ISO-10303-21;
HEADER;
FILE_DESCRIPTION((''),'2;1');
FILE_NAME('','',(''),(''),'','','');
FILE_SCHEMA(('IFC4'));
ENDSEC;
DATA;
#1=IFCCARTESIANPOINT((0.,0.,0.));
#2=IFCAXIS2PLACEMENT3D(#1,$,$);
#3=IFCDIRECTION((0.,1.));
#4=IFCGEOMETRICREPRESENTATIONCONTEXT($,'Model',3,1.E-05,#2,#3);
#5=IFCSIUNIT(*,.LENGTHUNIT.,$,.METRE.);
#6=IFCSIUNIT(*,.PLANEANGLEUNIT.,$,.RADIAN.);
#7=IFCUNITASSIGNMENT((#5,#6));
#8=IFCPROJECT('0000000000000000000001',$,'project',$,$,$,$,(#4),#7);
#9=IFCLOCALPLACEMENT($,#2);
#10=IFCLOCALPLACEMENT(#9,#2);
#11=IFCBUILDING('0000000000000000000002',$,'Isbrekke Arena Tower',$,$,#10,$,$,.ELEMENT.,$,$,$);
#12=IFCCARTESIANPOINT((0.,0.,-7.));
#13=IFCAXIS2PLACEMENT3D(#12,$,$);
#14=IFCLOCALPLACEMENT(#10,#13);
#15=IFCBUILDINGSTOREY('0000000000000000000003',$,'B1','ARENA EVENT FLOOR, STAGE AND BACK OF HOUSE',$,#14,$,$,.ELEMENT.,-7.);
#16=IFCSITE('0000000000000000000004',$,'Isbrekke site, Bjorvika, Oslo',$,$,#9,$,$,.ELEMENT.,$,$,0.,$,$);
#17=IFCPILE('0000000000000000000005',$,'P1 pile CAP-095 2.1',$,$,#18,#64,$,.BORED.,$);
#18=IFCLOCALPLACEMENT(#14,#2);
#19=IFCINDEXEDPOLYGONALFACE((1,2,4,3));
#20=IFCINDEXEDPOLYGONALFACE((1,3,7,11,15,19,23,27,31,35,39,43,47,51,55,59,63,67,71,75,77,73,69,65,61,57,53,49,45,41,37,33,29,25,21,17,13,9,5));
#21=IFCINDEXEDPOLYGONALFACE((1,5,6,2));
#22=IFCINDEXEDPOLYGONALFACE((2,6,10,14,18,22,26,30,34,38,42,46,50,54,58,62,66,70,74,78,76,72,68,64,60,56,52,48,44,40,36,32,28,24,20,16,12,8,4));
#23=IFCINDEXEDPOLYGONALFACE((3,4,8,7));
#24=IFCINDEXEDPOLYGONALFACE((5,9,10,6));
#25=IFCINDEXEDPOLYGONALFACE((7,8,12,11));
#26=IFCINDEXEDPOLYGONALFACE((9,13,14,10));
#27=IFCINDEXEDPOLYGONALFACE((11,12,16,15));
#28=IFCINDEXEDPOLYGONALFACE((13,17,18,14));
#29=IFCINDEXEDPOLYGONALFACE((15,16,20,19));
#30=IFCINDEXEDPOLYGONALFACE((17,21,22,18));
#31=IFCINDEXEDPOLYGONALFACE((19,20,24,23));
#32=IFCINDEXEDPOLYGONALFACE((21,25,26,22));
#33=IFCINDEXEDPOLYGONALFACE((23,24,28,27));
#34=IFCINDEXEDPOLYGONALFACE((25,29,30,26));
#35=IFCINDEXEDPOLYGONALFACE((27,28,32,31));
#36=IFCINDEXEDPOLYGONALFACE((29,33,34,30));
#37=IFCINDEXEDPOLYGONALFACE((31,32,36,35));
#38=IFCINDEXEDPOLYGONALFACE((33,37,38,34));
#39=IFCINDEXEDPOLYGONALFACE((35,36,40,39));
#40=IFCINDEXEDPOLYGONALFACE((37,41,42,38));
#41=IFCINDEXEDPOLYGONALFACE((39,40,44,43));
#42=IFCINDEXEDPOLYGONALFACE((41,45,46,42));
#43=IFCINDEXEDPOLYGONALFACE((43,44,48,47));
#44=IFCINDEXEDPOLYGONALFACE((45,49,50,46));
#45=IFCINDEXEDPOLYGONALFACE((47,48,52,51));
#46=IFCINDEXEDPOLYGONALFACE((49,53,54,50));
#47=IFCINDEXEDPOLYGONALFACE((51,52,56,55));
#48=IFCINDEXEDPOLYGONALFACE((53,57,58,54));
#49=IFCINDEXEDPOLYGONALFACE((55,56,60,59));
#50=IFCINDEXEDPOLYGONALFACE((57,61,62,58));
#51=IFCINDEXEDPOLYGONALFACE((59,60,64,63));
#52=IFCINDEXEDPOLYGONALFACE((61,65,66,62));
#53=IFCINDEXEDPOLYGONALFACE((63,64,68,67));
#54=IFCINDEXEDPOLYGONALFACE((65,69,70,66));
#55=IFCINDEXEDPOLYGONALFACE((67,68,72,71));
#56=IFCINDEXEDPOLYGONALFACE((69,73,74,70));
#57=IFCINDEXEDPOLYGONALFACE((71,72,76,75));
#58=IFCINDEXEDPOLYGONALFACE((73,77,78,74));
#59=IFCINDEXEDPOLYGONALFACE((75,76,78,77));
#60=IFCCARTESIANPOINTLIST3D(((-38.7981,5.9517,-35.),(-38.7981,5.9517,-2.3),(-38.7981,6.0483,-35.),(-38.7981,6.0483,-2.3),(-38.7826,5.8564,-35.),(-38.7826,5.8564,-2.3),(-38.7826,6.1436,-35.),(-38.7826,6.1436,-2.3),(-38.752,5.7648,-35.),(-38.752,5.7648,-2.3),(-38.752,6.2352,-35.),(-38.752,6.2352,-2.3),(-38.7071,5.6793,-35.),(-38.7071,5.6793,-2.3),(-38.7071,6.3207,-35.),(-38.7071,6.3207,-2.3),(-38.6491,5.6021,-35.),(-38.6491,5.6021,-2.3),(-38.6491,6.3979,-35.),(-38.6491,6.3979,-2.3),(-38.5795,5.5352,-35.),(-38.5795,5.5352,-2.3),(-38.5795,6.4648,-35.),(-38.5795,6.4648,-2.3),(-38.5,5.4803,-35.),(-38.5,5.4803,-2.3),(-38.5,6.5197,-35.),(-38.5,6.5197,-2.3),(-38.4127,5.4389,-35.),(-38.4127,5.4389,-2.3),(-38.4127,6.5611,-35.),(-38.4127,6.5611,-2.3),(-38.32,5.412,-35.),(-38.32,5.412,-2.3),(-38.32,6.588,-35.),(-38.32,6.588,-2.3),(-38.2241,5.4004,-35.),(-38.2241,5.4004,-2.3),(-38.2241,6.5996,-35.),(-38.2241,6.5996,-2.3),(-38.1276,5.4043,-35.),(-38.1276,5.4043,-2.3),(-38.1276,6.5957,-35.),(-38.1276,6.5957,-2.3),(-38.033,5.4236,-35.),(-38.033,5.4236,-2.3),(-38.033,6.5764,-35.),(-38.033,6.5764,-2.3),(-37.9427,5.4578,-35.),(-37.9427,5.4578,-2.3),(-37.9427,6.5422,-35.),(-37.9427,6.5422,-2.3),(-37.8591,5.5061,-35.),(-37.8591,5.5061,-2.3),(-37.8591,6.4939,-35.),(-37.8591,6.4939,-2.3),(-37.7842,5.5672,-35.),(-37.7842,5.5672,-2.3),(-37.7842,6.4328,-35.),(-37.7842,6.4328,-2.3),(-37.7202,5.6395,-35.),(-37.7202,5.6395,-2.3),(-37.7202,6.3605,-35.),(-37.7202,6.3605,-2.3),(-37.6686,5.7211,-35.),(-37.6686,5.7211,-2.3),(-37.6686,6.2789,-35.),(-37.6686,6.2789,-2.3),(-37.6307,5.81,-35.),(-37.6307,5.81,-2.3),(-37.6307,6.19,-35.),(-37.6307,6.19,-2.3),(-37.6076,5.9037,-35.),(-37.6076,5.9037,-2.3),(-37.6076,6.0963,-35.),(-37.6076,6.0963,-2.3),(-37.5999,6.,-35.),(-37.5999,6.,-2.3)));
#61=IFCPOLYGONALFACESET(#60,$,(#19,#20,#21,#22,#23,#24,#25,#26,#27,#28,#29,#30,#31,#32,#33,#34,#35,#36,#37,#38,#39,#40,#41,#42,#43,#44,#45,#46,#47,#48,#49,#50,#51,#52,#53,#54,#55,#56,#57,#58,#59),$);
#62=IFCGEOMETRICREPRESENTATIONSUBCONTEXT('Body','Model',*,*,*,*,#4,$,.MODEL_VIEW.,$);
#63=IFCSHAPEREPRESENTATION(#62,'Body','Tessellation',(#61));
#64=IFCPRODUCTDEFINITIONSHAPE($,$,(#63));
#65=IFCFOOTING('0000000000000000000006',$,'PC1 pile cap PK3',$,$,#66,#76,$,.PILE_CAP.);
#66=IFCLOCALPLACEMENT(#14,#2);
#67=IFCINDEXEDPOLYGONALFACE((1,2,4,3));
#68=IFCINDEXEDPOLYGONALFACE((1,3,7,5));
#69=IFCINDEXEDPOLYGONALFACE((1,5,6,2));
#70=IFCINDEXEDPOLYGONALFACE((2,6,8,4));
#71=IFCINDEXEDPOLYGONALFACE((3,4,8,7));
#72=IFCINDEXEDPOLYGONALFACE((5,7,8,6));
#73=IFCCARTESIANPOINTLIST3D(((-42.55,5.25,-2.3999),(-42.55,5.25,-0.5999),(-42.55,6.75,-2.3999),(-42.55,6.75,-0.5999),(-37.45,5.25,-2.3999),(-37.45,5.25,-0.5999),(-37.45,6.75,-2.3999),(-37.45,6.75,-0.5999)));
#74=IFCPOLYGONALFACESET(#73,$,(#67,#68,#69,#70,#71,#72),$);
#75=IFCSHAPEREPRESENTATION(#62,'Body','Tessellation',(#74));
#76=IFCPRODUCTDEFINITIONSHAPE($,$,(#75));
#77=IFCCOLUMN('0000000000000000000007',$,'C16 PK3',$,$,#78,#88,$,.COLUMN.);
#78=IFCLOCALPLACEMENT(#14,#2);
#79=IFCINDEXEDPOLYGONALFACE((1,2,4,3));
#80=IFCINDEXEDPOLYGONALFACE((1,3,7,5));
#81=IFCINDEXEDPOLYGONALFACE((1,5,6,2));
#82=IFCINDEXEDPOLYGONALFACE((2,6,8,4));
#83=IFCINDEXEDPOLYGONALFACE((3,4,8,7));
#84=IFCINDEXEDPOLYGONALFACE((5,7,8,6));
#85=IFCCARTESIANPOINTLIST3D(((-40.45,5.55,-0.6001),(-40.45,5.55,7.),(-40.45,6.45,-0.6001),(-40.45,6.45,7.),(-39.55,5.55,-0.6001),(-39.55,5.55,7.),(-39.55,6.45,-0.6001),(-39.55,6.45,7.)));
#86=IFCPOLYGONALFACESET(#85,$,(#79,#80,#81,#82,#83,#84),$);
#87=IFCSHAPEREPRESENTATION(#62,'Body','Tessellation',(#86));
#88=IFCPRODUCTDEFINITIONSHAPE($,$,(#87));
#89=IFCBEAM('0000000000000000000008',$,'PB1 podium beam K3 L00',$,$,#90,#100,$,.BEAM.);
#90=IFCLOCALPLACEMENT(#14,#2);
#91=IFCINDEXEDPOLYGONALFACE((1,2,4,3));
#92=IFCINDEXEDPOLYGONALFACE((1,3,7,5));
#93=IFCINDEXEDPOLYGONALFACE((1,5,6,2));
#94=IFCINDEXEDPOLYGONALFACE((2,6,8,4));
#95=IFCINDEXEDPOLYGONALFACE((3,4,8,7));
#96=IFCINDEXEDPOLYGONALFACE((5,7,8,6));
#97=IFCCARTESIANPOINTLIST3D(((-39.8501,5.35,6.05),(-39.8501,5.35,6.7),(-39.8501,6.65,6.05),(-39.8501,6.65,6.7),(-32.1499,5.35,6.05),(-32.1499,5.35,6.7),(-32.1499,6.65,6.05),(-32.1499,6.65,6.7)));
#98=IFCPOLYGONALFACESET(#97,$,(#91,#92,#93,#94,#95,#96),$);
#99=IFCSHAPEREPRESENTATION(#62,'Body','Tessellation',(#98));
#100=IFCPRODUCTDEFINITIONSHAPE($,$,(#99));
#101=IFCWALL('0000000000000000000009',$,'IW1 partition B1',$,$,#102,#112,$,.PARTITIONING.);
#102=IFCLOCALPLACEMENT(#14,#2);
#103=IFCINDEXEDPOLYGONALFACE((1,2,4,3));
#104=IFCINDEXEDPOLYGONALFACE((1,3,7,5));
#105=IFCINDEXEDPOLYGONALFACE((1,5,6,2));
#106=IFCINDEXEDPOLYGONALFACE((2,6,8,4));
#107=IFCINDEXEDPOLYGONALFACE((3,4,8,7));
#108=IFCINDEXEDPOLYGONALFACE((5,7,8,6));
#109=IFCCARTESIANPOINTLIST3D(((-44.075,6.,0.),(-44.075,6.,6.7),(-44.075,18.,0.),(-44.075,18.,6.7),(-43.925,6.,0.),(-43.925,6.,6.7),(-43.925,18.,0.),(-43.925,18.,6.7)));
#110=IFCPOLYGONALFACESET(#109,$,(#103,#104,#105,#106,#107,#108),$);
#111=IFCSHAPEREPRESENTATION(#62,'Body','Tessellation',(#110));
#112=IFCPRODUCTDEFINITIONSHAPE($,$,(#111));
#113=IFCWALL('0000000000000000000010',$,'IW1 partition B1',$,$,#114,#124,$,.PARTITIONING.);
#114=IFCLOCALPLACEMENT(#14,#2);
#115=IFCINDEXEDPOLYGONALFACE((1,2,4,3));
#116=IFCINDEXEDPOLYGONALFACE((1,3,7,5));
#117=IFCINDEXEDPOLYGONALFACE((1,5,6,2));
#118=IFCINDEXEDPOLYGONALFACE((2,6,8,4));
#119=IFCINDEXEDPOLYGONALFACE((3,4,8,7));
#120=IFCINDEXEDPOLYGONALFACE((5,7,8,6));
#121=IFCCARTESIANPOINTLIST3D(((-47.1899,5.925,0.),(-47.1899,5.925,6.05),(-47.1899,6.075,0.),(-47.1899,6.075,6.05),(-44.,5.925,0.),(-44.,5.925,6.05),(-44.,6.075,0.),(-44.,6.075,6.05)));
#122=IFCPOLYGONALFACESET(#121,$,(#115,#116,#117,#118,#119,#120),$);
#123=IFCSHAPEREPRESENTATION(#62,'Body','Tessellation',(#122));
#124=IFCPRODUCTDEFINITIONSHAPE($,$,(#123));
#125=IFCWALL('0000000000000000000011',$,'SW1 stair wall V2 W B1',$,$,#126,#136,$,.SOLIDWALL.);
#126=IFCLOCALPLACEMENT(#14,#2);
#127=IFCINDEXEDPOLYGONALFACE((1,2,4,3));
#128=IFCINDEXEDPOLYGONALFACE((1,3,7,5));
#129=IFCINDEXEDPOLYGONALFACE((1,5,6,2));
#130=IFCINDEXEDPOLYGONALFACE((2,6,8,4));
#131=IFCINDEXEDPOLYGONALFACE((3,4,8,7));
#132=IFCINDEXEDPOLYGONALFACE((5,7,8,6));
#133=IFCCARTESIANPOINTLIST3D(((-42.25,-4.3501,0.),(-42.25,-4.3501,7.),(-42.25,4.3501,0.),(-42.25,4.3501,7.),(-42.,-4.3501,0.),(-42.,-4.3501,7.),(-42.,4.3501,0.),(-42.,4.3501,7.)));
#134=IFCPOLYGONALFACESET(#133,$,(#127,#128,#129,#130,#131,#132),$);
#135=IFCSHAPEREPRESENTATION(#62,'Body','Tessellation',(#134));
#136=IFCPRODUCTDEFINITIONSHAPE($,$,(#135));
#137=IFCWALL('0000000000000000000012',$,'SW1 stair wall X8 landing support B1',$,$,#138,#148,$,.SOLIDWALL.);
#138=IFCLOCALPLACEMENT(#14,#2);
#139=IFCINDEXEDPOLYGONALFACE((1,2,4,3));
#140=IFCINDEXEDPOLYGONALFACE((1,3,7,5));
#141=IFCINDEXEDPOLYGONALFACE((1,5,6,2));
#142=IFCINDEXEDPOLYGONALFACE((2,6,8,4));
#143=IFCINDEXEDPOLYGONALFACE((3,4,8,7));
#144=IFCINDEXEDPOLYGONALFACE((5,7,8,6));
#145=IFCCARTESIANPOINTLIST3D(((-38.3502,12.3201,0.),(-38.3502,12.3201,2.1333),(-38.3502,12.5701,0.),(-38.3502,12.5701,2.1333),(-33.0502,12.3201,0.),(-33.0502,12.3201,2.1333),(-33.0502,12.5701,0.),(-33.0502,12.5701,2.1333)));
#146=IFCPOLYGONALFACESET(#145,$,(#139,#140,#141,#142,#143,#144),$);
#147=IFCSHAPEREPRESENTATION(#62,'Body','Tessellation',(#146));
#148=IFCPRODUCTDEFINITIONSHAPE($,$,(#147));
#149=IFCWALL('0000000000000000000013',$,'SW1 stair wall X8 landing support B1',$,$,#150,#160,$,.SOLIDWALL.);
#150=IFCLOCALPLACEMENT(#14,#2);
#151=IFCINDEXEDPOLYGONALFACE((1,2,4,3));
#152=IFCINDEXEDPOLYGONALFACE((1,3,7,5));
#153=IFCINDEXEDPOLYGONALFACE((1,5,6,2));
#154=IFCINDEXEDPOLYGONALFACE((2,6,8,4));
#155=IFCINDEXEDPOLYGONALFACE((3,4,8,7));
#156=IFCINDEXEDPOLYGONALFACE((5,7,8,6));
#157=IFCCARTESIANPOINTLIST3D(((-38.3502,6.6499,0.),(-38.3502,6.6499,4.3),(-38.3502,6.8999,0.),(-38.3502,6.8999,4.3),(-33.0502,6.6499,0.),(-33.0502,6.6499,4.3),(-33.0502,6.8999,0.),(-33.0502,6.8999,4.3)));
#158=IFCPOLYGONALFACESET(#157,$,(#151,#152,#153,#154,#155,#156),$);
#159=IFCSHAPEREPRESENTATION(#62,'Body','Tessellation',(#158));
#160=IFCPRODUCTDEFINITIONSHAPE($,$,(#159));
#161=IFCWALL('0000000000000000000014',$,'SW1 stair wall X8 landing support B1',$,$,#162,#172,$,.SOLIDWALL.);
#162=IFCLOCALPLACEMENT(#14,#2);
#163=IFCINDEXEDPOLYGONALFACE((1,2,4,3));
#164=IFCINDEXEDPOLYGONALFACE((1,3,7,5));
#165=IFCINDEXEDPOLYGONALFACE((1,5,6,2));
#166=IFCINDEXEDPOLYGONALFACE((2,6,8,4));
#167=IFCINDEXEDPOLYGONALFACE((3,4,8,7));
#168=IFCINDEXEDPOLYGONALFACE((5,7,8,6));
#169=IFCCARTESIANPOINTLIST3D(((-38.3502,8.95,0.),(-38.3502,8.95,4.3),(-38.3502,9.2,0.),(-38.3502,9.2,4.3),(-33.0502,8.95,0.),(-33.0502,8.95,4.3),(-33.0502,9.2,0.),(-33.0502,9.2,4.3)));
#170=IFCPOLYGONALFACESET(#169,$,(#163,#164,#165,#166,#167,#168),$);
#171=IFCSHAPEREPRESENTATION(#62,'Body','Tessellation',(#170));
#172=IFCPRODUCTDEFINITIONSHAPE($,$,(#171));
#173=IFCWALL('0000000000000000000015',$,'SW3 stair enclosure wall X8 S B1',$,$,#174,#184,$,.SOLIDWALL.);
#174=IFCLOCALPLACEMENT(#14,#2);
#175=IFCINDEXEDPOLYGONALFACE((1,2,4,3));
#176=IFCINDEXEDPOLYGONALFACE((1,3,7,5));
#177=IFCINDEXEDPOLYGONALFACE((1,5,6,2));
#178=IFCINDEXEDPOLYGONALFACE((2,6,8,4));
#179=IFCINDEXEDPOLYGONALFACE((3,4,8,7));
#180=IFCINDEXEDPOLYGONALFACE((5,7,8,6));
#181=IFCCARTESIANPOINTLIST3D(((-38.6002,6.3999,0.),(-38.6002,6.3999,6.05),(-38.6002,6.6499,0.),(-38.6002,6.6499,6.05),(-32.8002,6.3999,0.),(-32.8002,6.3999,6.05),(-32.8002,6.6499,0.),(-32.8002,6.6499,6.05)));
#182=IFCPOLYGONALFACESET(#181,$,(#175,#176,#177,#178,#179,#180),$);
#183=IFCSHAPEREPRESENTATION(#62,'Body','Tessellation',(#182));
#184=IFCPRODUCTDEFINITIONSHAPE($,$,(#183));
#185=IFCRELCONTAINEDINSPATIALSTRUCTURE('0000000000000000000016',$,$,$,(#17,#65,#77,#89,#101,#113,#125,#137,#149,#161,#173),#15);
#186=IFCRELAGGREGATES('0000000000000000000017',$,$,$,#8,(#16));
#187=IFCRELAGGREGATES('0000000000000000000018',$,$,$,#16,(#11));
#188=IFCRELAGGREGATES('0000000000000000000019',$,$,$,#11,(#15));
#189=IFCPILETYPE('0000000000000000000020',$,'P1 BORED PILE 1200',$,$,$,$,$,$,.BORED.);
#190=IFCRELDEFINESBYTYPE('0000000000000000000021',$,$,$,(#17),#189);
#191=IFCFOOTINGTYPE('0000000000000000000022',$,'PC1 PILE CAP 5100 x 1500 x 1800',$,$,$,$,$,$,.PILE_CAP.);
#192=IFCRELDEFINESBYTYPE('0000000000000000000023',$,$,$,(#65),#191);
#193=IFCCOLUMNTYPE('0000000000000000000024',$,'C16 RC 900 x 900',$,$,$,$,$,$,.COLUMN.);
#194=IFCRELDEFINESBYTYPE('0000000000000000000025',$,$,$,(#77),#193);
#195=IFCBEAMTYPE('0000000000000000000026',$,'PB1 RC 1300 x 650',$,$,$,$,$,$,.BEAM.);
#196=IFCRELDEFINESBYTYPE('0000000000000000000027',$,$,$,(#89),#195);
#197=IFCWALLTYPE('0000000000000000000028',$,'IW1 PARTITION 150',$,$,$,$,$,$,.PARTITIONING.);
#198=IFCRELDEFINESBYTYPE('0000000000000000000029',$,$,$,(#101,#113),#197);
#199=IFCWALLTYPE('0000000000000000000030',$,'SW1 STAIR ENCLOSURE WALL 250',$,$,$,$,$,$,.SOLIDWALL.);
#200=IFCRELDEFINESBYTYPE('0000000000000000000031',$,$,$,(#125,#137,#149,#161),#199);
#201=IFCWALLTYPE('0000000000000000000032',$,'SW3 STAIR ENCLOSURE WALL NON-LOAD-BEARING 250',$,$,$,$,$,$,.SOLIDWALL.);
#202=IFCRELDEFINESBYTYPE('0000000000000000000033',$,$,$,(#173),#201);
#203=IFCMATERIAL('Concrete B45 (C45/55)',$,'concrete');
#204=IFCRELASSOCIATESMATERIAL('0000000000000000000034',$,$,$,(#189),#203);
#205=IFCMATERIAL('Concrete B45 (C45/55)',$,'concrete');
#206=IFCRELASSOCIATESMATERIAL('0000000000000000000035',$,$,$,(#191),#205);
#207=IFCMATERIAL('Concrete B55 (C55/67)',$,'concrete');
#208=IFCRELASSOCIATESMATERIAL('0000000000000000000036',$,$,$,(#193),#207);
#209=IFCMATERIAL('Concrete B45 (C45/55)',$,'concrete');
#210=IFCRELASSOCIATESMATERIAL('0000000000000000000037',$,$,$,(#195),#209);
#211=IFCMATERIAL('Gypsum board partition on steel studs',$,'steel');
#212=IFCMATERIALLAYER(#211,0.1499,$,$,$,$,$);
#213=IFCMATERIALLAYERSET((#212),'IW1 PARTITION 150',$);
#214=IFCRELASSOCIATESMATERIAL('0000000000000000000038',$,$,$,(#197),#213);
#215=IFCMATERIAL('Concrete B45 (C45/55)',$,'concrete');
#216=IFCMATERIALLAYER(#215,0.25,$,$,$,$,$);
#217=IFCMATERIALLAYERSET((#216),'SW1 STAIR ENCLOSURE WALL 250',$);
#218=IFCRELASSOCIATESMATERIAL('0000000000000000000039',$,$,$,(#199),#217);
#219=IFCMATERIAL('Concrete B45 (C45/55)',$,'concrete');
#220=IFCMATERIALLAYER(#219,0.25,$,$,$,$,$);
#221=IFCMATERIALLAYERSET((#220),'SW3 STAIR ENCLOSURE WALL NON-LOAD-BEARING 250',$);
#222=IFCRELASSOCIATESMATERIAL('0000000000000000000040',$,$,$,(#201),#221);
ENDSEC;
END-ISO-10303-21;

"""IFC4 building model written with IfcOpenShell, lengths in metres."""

from ifc_helpers import new_model, si_unit, direction, frame, frame_2d, origin, origin_2d, place, context, subcontext, project, spatial, rectangle, circle, extrude, material, layer, layer_set, material_profile, profile_set, type_object, element, save


model = new_model("IFC4")

# Units and contexts
model_context = context("Model", 3, precision=1e-05, world=origin(), true_north=direction((0.0, 1.0)))
body_context = subcontext(model_context, "Body", "Model", "MODEL_VIEW")
ifc_project = project(units=[si_unit("LENGTHUNIT", "METRE"), si_unit("PLANEANGLEUNIT", "RADIAN")], contexts=[model_context])

# Site, building, storey
site_placement = place(None, origin())
site = spatial("IfcSite", under=ifc_project, at=site_placement, Name="Isbrekke site, Bjorvika, Oslo", CompositionType="ELEMENT", RefElevation=0.0)
building_placement = place(site_placement, origin())
building = spatial("IfcBuilding", under=site, at=building_placement, Name="Isbrekke Arena Tower", CompositionType="ELEMENT")
storey_placement = place(building_placement, frame((0.0, 0.0, -7.0)))
storey = spatial("IfcBuildingStorey", under=building, at=storey_placement, Name="B1", Description="ARENA EVENT FLOOR, STAGE AND BACK OF HOUSE", CompositionType="ELEMENT", Elevation=-7.0)

# Pile
ifc_material_1 = material(Name="Concrete B45 (C45/55)", Category="concrete")
ifc_material_profile_1 = material_profile(ifc_material_1, circle(Radius=0.6001, at=origin_2d()), Name="BORED PILE D1200")
ifc_profile_set_1 = profile_set([ifc_material_profile_1], Name="Concrete B45 (C45/55)")
pile_type = type_object("IfcPileType", Name="P1 BORED PILE 1200", PredefinedType="BORED", material=ifc_profile_set_1)
for number, where, z_axis, x_axis, name in (
    (1, (-38.2, 6.0, -2.3), (0.0, 0.0, -1.0), (1.0, 0.0, 0.0), "P1 pile CAP-095 2.1"),
):
    element("IfcPile", number, at=place(storey_placement, frame(where, z_axis=z_axis, x_axis=x_axis)), inside=storey, type_object=pile_type, Name=name, PredefinedType="BORED", context=body_context, shape_type="SweptSolid", body=[
        extrude(circle(Radius=0.6001, at=origin_2d()), origin(), (0.0, 0.0, 1.0), 32.7),
    ])

# Footing
ifc_material_2 = material(Name="Concrete B45 (C45/55)", Category="concrete")
footing_type = type_object("IfcFootingType", Name="PC1 PILE CAP 5100 x 1500 x 1800", PredefinedType="PILE_CAP", material=ifc_material_2)
footing_placement = place(storey_placement, frame((-40.0, 6.0, -2.3999), z_axis=(0.0, 0.0, 1.0), x_axis=(1.0, 0.0, 0.0)))
element("IfcFooting", 2, at=footing_placement, inside=storey, type_object=footing_type, Name="PC1 pile cap PK3", PredefinedType="PILE_CAP", context=body_context, shape_type="SweptSolid", body=[
    extrude(rectangle(XDim=5.1001, YDim=1.5, at=origin_2d()), origin(), (0.0, 0.0, 1.0), 1.8),
])

# Column
ifc_material_3 = material(Name="Concrete B55 (C55/67)", Category="concrete")
ifc_material_profile_2 = material_profile(ifc_material_3, rectangle(XDim=0.8999, YDim=0.8999, at=origin_2d()), Name="RC 900x900")
ifc_profile_set_2 = profile_set([ifc_material_profile_2], Name="Concrete B55 (C55/67)")
column_type = type_object("IfcColumnType", Name="C16 RC 900 x 900", PredefinedType="COLUMN", material=ifc_profile_set_2)
column_placement = place(storey_placement, frame((-40.0, 6.0, -0.6001), z_axis=(0.0, 0.0, 1.0), x_axis=(1.0, 0.0, 0.0)))
element("IfcColumn", 3, at=column_placement, inside=storey, type_object=column_type, Name="C16 PK3", PredefinedType="COLUMN", context=body_context, shape_type="SweptSolid", body=[
    extrude(rectangle(XDim=0.8999, YDim=0.8999, at=origin_2d()), origin(), (0.0, 0.0, 1.0), 7.6001),
])

# Beam
ifc_material_4 = material(Name="Concrete B45 (C45/55)", Category="concrete")
ifc_material_profile_3 = material_profile(ifc_material_4, rectangle(XDim=1.3, YDim=0.6499, at=origin_2d()), Name="RC 1300x650")
ifc_profile_set_3 = profile_set([ifc_material_profile_3], Name="Concrete B45 (C45/55)")
beam_type = type_object("IfcBeamType", Name="PB1 RC 1300 x 650", PredefinedType="BEAM", material=ifc_profile_set_3)
beam_placement = place(storey_placement, frame((-39.8501, 6.0, 6.375), z_axis=(1.0, 0.0, 0.0), x_axis=(0.0, 1.0, 0.0)))
element("IfcBeam", 4, at=beam_placement, inside=storey, type_object=beam_type, Name="PB1 podium beam K3 L00", PredefinedType="BEAM", context=body_context, shape_type="SweptSolid", body=[
    extrude(rectangle(XDim=1.3, YDim=0.6499, at=origin_2d()), origin(), (0.0, 0.0, 1.0), 7.7002),
])

# Walls
ifc_material_5 = material(Name="Gypsum board partition on steel studs", Category="steel")
ifc_layer_1 = layer(ifc_material_5, 0.1499)
ifc_layer_set_1 = layer_set([ifc_layer_1], Name="IW1 PARTITION 150")
wall_type_1 = type_object("IfcWallType", Name="IW1 PARTITION 150", PredefinedType="PARTITIONING", material=ifc_layer_set_1)
wall_1_placement = place(storey_placement, frame((-44.0, 6.0, 0.0), z_axis=(0.0, 0.0, 1.0), x_axis=(0.0, 1.0, 0.0)))
element("IfcWall", 5, at=wall_1_placement, inside=storey, type_object=wall_type_1, Name="IW1 partition B1", PredefinedType="PARTITIONING", context=body_context, shape_type="SweptSolid", body=[
    extrude(rectangle(XDim=12.0, YDim=0.1499, at=frame_2d((6.0, 0.0))), origin(), (0.0, 0.0, 1.0), 6.7),
])
wall_2_placement = place(storey_placement, frame((-47.1899, 6.0, 0.0), z_axis=(0.0, 0.0, 1.0), x_axis=(1.0, 0.0, 0.0)))
element("IfcWall", 6, at=wall_2_placement, inside=storey, type_object=wall_type_1, Name="IW1 partition B1", PredefinedType="PARTITIONING", context=body_context, shape_type="SweptSolid", body=[
    extrude(rectangle(XDim=3.1899, YDim=0.1499, at=frame_2d((1.595, 0.0))), origin(), (0.0, 0.0, 1.0), 6.05),
])
ifc_material_6 = material(Name="Concrete B45 (C45/55)", Category="concrete")
ifc_layer_2 = layer(ifc_material_6, 0.25)
ifc_layer_set_2 = layer_set([ifc_layer_2], Name="SW1 STAIR ENCLOSURE WALL 250")
wall_type_2 = type_object("IfcWallType", Name="SW1 STAIR ENCLOSURE WALL 250", PredefinedType="SOLIDWALL", material=ifc_layer_set_2)
wall_3_placement = place(storey_placement, frame((-42.125, 4.3501, 0.0), z_axis=(0.0, 0.0, 1.0), x_axis=(0.0, -1.0, 0.0)))
element("IfcWall", 7, at=wall_3_placement, inside=storey, type_object=wall_type_2, Name="SW1 stair wall V2 W B1", PredefinedType="SOLIDWALL", context=body_context, shape_type="SweptSolid", body=[
    extrude(rectangle(XDim=8.7002, YDim=0.25, at=frame_2d((4.3501, 0.0))), origin(), (0.0, 0.0, 1.0), 7.0),
])
wall_4_placement = place(storey_placement, frame((-38.3501, 12.4451, 0.0), z_axis=(0.0, 0.0, 1.0), x_axis=(1.0, 0.0, 0.0)))
element("IfcWall", 8, at=wall_4_placement, inside=storey, type_object=wall_type_2, Name="SW1 stair wall X8 landing support B1", PredefinedType="SOLIDWALL", context=body_context, shape_type="SweptSolid", body=[
    extrude(rectangle(XDim=5.3, YDim=0.25, at=frame_2d((2.6499, 0.0))), origin(), (0.0, 0.0, 1.0), 2.1333),
])
for number, where, z_axis, x_axis, name in (
    (9, (-38.3501, 6.7749, 0.0), (0.0, 0.0, 1.0), (1.0, 0.0, 0.0), "SW1 stair wall X8 landing support B1"),
    (10, (-38.3501, 9.075, 0.0), (0.0, 0.0, 1.0), (1.0, 0.0, 0.0), "SW1 stair wall X8 landing support B1"),
):
    element("IfcWall", number, at=place(storey_placement, frame(where, z_axis=z_axis, x_axis=x_axis)), inside=storey, type_object=wall_type_2, Name=name, PredefinedType="SOLIDWALL", context=body_context, shape_type="SweptSolid", body=[
        extrude(rectangle(XDim=5.3, YDim=0.25, at=frame_2d((2.6499, 0.0))), origin(), (0.0, 0.0, 1.0), 4.3),
    ])
ifc_material_7 = material(Name="Concrete B45 (C45/55)", Category="concrete")
ifc_layer_3 = layer(ifc_material_7, 0.25)
ifc_layer_set_3 = layer_set([ifc_layer_3], Name="SW3 STAIR ENCLOSURE WALL NON-LOAD-BEARING 250")
wall_type_3 = type_object("IfcWallType", Name="SW3 STAIR ENCLOSURE WALL NON-LOAD-BEARING 250", PredefinedType="SOLIDWALL", material=ifc_layer_set_3)
wall_5_placement = place(storey_placement, frame((-38.6001, 6.5249, 0.0), z_axis=(0.0, 0.0, 1.0), x_axis=(1.0, 0.0, 0.0)))
element("IfcWall", 11, at=wall_5_placement, inside=storey, type_object=wall_type_3, Name="SW3 stair enclosure wall X8 S B1", PredefinedType="SOLIDWALL", context=body_context, shape_type="SweptSolid", body=[
    extrude(rectangle(XDim=5.8, YDim=0.25, at=frame_2d((2.8999, 0.0))), origin(), (0.0, 0.0, 1.0), 6.05),
])

save(model, "model.ifc")
